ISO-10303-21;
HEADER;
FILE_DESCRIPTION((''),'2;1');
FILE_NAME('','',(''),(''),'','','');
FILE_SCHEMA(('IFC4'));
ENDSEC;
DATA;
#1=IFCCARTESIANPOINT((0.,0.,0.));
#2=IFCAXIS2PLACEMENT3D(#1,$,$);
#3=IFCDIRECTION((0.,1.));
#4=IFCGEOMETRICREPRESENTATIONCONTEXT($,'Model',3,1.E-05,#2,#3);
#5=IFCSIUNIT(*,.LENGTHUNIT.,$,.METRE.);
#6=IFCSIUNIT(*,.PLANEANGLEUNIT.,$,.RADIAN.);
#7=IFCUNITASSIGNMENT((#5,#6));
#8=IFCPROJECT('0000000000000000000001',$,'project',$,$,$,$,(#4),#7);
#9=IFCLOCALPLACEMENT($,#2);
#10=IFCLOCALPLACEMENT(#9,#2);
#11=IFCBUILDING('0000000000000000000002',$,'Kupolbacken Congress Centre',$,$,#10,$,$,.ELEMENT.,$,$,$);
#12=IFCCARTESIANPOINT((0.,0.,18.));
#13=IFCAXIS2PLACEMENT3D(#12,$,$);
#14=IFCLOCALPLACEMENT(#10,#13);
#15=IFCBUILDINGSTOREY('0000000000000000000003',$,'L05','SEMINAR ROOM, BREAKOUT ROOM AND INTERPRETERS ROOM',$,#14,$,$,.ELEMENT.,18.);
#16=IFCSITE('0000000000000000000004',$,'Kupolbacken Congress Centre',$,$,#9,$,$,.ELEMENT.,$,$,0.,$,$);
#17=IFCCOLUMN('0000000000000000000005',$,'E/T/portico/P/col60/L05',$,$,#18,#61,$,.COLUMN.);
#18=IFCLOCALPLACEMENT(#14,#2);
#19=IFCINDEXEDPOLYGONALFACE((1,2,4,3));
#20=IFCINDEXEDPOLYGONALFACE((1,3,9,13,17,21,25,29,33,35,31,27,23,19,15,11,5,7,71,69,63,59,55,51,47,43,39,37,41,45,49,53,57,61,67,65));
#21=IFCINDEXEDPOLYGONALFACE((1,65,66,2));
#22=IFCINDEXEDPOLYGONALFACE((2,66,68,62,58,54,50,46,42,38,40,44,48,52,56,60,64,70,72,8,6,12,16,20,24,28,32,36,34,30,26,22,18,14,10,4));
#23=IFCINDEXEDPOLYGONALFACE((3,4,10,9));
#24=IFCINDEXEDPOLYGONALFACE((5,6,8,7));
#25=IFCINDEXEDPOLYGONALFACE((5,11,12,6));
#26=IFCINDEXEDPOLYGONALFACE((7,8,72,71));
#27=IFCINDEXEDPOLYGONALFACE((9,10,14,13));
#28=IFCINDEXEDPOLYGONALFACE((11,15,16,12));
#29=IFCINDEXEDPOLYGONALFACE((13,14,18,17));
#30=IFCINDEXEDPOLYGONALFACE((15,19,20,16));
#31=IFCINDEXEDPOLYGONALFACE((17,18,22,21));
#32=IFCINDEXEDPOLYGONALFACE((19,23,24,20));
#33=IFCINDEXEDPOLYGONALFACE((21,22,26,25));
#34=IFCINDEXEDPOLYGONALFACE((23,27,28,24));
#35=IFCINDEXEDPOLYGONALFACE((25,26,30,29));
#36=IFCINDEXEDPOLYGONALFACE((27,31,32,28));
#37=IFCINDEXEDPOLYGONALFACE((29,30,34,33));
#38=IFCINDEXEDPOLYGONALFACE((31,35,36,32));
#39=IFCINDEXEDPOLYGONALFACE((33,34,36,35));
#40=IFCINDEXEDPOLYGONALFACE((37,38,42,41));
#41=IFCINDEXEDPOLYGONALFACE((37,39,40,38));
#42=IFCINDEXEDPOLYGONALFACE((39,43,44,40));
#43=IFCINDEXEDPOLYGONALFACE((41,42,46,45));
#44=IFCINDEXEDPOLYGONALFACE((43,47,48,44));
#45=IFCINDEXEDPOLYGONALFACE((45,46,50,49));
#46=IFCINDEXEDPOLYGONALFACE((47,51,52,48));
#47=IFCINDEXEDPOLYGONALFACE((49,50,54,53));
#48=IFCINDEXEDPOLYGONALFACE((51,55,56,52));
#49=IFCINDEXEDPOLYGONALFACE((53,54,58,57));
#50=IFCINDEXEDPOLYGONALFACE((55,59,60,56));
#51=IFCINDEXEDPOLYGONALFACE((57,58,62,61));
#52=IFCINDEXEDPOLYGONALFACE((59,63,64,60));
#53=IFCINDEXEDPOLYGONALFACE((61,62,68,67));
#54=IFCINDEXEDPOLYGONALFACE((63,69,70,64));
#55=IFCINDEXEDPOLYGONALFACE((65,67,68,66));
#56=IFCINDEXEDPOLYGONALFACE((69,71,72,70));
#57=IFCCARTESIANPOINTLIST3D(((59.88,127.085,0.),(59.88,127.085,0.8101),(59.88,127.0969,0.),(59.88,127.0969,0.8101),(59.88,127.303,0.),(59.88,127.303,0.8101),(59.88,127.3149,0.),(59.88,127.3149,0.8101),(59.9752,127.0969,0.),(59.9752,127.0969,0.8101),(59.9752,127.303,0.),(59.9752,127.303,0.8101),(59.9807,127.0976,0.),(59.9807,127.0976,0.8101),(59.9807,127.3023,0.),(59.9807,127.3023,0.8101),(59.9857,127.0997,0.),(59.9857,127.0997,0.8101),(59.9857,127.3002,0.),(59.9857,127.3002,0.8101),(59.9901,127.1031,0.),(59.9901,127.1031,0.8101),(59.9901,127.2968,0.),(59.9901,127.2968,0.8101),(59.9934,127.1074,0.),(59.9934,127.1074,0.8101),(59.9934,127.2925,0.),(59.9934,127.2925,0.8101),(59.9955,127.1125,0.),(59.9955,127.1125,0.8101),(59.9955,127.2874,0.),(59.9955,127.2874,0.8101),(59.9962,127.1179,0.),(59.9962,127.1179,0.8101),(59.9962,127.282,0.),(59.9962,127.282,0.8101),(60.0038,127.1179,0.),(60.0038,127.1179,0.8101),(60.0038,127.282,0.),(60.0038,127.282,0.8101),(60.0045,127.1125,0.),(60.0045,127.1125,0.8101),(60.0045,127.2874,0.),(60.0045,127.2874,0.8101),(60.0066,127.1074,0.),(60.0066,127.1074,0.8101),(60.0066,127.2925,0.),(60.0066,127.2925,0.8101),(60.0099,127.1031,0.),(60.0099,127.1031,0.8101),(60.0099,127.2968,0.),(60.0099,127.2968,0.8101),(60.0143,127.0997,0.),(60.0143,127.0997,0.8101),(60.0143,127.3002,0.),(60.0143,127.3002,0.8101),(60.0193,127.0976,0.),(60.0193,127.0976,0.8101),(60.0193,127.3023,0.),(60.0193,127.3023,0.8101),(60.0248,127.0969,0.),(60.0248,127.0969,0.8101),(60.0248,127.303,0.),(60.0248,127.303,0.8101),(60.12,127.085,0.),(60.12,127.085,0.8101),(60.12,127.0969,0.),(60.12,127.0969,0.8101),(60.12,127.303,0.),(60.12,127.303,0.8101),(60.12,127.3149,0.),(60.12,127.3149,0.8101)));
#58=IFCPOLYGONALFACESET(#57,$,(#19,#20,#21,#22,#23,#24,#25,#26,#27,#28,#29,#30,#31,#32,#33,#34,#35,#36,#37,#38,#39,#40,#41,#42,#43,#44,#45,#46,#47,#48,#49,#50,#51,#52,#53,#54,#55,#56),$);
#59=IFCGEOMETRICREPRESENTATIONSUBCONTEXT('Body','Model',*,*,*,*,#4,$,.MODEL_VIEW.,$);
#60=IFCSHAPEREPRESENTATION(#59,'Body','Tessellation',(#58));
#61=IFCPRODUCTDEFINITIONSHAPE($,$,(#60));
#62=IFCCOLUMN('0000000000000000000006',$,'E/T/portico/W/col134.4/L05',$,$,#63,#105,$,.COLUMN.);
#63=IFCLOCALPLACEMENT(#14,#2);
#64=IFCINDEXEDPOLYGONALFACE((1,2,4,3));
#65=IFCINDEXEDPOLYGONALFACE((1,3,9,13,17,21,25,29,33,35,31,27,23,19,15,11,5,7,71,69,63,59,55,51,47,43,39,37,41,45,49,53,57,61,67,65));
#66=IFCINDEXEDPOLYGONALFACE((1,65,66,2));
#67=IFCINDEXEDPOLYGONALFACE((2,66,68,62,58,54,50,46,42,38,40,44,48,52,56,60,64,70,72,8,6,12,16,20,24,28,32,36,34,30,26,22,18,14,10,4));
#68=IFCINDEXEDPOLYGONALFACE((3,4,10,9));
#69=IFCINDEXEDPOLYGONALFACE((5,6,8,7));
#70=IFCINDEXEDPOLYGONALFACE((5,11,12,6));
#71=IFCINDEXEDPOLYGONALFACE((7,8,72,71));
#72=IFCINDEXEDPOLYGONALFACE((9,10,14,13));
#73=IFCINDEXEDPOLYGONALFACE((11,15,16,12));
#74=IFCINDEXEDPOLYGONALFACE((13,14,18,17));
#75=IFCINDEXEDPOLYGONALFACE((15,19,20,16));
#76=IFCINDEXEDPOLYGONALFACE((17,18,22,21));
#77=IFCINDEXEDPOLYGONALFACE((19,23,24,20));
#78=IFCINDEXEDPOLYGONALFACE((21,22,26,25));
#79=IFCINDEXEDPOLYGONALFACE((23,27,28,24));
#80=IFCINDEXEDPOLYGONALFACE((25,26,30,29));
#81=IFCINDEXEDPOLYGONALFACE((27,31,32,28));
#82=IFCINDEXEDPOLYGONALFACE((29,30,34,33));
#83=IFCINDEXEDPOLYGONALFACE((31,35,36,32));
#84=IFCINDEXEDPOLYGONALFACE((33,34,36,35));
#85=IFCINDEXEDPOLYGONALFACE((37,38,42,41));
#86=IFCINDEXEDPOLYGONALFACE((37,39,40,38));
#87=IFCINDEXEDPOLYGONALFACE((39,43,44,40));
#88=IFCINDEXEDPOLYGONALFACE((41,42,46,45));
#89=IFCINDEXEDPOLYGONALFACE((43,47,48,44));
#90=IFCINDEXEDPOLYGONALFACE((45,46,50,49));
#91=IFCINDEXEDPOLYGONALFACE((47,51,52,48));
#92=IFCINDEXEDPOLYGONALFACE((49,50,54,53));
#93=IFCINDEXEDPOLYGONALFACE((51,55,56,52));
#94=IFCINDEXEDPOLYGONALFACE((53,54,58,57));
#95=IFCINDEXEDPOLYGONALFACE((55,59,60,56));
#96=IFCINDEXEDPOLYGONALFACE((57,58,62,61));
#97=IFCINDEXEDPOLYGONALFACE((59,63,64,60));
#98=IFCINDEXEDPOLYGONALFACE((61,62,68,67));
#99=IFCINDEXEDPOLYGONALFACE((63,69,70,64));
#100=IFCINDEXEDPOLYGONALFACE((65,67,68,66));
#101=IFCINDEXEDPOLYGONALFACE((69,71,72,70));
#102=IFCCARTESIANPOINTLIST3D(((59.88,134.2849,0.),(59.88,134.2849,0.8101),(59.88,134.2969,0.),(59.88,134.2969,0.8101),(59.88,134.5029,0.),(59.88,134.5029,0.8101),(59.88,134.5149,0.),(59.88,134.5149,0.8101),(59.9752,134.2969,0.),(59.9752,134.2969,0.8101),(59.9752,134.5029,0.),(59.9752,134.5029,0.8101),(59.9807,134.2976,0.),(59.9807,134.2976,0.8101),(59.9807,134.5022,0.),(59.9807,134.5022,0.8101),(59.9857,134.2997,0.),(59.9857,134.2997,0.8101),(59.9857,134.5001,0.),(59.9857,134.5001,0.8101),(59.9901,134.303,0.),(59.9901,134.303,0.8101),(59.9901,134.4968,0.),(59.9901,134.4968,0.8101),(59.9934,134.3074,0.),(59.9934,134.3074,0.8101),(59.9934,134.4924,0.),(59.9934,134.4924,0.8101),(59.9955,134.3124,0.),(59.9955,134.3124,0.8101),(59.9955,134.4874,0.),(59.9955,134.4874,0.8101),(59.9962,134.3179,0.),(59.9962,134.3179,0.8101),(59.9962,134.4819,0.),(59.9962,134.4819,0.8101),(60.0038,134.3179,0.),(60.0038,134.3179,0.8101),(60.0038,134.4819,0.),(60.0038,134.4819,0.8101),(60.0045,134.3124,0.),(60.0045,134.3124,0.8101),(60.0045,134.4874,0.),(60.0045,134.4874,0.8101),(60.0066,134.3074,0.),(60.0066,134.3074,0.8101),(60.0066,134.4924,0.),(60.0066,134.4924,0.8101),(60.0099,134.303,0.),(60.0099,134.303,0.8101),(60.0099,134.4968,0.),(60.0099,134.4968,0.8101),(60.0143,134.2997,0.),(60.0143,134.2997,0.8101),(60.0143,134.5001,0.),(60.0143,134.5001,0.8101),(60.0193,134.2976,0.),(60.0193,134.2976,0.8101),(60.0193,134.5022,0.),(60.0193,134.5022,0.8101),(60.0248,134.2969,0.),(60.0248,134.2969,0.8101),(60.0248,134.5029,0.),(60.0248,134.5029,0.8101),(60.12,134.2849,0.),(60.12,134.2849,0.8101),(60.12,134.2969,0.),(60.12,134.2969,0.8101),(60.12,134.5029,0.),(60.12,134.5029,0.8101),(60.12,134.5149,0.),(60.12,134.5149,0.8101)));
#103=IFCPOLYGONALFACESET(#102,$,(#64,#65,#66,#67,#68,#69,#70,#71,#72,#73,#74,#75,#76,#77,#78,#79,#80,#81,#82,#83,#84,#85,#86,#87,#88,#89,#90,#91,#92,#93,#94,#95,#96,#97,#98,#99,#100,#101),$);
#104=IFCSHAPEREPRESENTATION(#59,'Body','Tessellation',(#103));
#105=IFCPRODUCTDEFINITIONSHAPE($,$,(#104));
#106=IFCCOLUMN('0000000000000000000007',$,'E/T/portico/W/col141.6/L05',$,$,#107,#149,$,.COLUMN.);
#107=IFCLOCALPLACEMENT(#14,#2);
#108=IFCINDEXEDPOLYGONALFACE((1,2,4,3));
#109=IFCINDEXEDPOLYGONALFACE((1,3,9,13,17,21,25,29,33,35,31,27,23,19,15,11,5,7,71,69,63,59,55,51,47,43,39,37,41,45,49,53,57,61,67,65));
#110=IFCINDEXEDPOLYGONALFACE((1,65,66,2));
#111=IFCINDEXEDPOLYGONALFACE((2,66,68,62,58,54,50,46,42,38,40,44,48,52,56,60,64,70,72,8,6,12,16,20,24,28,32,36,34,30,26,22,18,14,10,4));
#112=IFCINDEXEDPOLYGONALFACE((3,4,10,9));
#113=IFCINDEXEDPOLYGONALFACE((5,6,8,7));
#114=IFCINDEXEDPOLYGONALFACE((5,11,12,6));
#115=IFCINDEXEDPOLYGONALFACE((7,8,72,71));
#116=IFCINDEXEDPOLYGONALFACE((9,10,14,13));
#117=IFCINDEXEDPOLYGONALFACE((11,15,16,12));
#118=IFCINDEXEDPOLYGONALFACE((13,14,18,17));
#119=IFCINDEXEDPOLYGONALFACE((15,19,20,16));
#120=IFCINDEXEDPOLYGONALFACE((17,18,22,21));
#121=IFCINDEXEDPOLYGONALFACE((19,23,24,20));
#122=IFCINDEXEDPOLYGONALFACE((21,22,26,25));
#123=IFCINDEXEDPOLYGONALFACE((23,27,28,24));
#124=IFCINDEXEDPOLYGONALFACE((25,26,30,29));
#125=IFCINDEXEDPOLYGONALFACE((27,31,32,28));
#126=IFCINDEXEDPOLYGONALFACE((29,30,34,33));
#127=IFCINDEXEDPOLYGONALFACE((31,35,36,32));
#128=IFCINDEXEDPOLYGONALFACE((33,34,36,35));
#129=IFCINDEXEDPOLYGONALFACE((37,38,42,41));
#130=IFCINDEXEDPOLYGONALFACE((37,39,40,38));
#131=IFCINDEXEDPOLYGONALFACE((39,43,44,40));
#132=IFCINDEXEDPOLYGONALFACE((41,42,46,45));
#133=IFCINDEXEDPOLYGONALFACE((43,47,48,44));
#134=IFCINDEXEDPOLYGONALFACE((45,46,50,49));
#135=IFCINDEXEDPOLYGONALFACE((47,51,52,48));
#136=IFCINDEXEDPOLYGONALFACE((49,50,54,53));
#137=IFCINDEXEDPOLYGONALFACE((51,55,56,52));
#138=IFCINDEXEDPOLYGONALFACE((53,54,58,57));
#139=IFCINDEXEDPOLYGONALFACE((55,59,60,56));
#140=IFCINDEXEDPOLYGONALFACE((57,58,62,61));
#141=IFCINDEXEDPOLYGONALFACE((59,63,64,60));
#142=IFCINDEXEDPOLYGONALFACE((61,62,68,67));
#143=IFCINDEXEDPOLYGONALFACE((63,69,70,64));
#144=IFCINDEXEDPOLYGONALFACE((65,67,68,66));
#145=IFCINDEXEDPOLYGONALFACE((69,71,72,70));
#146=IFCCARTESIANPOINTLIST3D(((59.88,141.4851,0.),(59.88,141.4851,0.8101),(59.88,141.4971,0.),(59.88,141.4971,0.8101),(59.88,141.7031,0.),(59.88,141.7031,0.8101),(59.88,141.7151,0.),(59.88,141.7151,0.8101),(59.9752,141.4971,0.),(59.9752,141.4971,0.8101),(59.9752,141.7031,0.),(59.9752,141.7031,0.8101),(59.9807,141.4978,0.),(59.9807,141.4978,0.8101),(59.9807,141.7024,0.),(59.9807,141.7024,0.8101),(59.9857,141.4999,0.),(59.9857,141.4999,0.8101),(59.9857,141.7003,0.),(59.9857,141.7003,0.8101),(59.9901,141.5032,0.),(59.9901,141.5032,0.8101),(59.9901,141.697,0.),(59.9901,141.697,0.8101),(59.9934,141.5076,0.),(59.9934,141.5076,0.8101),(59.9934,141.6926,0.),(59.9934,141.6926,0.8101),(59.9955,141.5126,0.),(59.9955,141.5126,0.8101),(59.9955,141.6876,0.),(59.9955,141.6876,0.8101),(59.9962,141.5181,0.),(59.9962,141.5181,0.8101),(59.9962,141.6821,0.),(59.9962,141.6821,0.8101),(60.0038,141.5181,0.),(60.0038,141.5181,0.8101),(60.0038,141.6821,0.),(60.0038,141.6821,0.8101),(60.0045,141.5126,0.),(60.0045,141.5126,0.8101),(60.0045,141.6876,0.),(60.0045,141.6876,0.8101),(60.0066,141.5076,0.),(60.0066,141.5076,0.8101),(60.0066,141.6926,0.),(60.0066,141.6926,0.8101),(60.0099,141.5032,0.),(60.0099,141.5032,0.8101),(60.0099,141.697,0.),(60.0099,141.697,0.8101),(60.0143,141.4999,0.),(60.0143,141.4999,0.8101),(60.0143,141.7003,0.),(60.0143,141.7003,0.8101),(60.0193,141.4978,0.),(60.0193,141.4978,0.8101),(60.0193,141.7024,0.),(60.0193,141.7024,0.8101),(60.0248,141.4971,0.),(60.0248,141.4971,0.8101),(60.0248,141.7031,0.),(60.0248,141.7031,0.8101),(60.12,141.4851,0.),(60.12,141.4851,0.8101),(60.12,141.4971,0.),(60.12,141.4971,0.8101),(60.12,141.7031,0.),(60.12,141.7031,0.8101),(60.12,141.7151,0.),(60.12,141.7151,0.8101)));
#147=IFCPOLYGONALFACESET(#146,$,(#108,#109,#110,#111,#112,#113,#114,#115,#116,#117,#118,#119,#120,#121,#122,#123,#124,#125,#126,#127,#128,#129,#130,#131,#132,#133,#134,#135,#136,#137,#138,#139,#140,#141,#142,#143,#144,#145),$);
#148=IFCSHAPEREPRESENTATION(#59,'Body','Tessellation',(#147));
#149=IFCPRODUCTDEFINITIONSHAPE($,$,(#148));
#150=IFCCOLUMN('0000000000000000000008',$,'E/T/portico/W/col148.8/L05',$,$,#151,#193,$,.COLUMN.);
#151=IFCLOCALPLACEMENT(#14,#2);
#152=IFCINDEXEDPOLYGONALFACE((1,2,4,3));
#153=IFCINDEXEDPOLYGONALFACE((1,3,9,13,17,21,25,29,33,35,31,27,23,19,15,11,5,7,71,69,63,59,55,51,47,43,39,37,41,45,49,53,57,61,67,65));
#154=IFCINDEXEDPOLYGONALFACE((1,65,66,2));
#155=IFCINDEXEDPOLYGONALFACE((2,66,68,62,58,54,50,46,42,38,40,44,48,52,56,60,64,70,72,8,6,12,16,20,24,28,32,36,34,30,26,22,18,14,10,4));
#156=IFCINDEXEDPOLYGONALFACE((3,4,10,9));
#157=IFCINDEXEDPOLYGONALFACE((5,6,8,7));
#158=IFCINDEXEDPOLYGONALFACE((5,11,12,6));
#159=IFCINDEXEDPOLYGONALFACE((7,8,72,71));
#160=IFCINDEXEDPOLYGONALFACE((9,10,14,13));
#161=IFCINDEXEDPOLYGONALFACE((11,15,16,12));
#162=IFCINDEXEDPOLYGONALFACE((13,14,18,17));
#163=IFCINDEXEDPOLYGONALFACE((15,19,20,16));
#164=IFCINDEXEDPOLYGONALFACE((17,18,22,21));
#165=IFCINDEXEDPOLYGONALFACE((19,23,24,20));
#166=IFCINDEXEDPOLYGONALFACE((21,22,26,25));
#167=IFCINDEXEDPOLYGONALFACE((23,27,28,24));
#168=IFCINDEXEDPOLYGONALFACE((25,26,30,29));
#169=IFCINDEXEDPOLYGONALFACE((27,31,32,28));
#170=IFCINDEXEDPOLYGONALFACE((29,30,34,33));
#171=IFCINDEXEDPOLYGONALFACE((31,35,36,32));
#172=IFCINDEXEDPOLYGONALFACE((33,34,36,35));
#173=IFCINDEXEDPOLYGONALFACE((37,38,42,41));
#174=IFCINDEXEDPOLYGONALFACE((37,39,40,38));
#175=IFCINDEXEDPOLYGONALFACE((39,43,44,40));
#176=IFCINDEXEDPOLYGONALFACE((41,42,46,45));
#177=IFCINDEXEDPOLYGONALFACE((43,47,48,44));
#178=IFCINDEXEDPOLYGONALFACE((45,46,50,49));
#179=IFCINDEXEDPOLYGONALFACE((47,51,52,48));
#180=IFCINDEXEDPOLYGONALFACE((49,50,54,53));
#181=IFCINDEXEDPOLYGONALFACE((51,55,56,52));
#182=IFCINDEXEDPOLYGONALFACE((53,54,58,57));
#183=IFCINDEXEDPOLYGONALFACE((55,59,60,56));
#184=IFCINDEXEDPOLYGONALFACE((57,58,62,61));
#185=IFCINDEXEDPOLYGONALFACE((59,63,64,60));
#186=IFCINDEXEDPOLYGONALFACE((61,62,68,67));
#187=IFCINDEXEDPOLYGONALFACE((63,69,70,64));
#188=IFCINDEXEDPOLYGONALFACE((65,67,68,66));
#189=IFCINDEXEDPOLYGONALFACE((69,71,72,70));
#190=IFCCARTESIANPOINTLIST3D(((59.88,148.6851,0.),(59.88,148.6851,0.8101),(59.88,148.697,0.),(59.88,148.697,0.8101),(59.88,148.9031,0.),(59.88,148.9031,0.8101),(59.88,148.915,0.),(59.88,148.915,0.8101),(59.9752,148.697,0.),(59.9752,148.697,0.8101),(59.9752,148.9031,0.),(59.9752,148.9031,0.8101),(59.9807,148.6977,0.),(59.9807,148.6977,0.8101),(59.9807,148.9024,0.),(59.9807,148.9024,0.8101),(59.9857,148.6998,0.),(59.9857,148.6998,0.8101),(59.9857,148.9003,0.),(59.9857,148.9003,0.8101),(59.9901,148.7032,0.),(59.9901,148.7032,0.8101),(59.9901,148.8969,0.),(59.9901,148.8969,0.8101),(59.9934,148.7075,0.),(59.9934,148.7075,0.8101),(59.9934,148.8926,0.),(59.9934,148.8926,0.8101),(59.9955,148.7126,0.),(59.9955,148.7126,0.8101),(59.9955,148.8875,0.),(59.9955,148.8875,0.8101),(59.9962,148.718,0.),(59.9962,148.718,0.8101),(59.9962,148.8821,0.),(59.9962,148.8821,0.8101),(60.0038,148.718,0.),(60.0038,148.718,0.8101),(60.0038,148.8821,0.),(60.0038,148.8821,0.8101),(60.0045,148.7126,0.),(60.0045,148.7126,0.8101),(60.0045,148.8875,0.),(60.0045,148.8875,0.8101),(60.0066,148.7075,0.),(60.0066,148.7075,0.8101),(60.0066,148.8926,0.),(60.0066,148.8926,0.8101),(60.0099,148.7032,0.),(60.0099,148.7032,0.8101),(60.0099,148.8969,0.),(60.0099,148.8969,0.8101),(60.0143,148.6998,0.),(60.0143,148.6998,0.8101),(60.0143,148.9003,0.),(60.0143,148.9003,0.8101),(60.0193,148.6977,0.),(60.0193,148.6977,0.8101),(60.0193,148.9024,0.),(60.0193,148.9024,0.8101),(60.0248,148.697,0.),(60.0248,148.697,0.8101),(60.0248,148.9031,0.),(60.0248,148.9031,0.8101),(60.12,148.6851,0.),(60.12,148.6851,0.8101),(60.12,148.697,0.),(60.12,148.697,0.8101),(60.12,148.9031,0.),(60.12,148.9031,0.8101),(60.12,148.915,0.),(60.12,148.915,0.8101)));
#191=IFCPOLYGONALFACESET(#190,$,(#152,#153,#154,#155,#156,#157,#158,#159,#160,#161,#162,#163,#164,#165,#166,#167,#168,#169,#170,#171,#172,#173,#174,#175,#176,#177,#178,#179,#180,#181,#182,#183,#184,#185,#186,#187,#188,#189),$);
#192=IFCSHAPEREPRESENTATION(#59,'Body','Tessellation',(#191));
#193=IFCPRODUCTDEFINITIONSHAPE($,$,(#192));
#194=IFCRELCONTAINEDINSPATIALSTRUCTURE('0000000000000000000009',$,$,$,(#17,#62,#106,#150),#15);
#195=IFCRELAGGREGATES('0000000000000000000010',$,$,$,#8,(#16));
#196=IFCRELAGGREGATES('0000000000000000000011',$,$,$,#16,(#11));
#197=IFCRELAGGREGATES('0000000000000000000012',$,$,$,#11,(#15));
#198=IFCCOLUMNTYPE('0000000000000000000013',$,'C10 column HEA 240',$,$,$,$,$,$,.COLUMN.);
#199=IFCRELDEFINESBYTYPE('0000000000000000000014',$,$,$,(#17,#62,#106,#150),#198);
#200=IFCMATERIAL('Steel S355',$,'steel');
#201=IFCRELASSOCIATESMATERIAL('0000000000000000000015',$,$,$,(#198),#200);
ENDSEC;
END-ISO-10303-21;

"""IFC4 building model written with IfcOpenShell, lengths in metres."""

from ifc_helpers import new_model, si_unit, direction, frame, origin, origin_2d, place, context, subcontext, project, spatial, i_section, extrude, material, material_profile, profile_set, type_object, element, save


model = new_model("IFC4")

# Units and contexts
model_context = context("Model", 3, precision=1e-05, world=origin(), true_north=direction((0.0, 1.0)))
body_context = subcontext(model_context, "Body", "Model", "MODEL_VIEW")
ifc_project = project(units=[si_unit("LENGTHUNIT", "METRE"), si_unit("PLANEANGLEUNIT", "RADIAN")], contexts=[model_context])

# Site, building, storey
site_placement = place(None, origin())
site = spatial("IfcSite", under=ifc_project, at=site_placement, Name="Kupolbacken Congress Centre", CompositionType="ELEMENT", RefElevation=0.0)
building_placement = place(site_placement, origin())
building = spatial("IfcBuilding", under=site, at=building_placement, Name="Kupolbacken Congress Centre", CompositionType="ELEMENT")
storey_placement = place(building_placement, frame((0.0, 0.0, 18.0)))
storey = spatial("IfcBuildingStorey", under=building, at=storey_placement, Name="L05", Description="SEMINAR ROOM, BREAKOUT ROOM AND INTERPRETERS ROOM", CompositionType="ELEMENT", Elevation=18.0)

# Columns
ifc_material_1 = material(Name="Steel S355", Category="steel")
ifc_material_profile_1 = material_profile(ifc_material_1, i_section(OverallWidth=0.24, OverallDepth=0.23, WebThickness=0.0076, FlangeThickness=0.012, FilletRadius=0.021, at=origin_2d()), Name="HEA 240")
ifc_profile_set_1 = profile_set([ifc_material_profile_1], Name="Steel S355")
column_type = type_object("IfcColumnType", Name="C10 column HEA 240", PredefinedType="COLUMN", material=ifc_profile_set_1)
for number, where, z_axis, x_axis, name in (
    (1, (60.0, 127.2, 0.0), (0.0, 0.0, 1.0), (1.0, 0.0, 0.0), "E/T/portico/P/col60/L05"),
    (2, (60.0, 134.3999, 0.0), (0.0, 0.0, 1.0), (1.0, 0.0, 0.0), "E/T/portico/W/col134.4/L05"),
    (3, (60.0, 141.6001, 0.0), (0.0, 0.0, 1.0), (1.0, 0.0, 0.0), "E/T/portico/W/col141.6/L05"),
    (4, (60.0, 148.8, 0.0), (0.0, 0.0, 1.0), (1.0, 0.0, 0.0), "E/T/portico/W/col148.8/L05"),
):
    element("IfcColumn", number, at=place(storey_placement, frame(where, z_axis=z_axis, x_axis=x_axis)), inside=storey, type_object=column_type, Name=name, PredefinedType="COLUMN", context=body_context, shape_type="SweptSolid", body=[
        extrude(i_section(OverallWidth=0.24, OverallDepth=0.23, WebThickness=0.0076, FlangeThickness=0.012, FilletRadius=0.021, at=origin_2d()), origin(), (0.0, 0.0, 1.0), 0.8101),
    ])

save(model, "model.ifc")
